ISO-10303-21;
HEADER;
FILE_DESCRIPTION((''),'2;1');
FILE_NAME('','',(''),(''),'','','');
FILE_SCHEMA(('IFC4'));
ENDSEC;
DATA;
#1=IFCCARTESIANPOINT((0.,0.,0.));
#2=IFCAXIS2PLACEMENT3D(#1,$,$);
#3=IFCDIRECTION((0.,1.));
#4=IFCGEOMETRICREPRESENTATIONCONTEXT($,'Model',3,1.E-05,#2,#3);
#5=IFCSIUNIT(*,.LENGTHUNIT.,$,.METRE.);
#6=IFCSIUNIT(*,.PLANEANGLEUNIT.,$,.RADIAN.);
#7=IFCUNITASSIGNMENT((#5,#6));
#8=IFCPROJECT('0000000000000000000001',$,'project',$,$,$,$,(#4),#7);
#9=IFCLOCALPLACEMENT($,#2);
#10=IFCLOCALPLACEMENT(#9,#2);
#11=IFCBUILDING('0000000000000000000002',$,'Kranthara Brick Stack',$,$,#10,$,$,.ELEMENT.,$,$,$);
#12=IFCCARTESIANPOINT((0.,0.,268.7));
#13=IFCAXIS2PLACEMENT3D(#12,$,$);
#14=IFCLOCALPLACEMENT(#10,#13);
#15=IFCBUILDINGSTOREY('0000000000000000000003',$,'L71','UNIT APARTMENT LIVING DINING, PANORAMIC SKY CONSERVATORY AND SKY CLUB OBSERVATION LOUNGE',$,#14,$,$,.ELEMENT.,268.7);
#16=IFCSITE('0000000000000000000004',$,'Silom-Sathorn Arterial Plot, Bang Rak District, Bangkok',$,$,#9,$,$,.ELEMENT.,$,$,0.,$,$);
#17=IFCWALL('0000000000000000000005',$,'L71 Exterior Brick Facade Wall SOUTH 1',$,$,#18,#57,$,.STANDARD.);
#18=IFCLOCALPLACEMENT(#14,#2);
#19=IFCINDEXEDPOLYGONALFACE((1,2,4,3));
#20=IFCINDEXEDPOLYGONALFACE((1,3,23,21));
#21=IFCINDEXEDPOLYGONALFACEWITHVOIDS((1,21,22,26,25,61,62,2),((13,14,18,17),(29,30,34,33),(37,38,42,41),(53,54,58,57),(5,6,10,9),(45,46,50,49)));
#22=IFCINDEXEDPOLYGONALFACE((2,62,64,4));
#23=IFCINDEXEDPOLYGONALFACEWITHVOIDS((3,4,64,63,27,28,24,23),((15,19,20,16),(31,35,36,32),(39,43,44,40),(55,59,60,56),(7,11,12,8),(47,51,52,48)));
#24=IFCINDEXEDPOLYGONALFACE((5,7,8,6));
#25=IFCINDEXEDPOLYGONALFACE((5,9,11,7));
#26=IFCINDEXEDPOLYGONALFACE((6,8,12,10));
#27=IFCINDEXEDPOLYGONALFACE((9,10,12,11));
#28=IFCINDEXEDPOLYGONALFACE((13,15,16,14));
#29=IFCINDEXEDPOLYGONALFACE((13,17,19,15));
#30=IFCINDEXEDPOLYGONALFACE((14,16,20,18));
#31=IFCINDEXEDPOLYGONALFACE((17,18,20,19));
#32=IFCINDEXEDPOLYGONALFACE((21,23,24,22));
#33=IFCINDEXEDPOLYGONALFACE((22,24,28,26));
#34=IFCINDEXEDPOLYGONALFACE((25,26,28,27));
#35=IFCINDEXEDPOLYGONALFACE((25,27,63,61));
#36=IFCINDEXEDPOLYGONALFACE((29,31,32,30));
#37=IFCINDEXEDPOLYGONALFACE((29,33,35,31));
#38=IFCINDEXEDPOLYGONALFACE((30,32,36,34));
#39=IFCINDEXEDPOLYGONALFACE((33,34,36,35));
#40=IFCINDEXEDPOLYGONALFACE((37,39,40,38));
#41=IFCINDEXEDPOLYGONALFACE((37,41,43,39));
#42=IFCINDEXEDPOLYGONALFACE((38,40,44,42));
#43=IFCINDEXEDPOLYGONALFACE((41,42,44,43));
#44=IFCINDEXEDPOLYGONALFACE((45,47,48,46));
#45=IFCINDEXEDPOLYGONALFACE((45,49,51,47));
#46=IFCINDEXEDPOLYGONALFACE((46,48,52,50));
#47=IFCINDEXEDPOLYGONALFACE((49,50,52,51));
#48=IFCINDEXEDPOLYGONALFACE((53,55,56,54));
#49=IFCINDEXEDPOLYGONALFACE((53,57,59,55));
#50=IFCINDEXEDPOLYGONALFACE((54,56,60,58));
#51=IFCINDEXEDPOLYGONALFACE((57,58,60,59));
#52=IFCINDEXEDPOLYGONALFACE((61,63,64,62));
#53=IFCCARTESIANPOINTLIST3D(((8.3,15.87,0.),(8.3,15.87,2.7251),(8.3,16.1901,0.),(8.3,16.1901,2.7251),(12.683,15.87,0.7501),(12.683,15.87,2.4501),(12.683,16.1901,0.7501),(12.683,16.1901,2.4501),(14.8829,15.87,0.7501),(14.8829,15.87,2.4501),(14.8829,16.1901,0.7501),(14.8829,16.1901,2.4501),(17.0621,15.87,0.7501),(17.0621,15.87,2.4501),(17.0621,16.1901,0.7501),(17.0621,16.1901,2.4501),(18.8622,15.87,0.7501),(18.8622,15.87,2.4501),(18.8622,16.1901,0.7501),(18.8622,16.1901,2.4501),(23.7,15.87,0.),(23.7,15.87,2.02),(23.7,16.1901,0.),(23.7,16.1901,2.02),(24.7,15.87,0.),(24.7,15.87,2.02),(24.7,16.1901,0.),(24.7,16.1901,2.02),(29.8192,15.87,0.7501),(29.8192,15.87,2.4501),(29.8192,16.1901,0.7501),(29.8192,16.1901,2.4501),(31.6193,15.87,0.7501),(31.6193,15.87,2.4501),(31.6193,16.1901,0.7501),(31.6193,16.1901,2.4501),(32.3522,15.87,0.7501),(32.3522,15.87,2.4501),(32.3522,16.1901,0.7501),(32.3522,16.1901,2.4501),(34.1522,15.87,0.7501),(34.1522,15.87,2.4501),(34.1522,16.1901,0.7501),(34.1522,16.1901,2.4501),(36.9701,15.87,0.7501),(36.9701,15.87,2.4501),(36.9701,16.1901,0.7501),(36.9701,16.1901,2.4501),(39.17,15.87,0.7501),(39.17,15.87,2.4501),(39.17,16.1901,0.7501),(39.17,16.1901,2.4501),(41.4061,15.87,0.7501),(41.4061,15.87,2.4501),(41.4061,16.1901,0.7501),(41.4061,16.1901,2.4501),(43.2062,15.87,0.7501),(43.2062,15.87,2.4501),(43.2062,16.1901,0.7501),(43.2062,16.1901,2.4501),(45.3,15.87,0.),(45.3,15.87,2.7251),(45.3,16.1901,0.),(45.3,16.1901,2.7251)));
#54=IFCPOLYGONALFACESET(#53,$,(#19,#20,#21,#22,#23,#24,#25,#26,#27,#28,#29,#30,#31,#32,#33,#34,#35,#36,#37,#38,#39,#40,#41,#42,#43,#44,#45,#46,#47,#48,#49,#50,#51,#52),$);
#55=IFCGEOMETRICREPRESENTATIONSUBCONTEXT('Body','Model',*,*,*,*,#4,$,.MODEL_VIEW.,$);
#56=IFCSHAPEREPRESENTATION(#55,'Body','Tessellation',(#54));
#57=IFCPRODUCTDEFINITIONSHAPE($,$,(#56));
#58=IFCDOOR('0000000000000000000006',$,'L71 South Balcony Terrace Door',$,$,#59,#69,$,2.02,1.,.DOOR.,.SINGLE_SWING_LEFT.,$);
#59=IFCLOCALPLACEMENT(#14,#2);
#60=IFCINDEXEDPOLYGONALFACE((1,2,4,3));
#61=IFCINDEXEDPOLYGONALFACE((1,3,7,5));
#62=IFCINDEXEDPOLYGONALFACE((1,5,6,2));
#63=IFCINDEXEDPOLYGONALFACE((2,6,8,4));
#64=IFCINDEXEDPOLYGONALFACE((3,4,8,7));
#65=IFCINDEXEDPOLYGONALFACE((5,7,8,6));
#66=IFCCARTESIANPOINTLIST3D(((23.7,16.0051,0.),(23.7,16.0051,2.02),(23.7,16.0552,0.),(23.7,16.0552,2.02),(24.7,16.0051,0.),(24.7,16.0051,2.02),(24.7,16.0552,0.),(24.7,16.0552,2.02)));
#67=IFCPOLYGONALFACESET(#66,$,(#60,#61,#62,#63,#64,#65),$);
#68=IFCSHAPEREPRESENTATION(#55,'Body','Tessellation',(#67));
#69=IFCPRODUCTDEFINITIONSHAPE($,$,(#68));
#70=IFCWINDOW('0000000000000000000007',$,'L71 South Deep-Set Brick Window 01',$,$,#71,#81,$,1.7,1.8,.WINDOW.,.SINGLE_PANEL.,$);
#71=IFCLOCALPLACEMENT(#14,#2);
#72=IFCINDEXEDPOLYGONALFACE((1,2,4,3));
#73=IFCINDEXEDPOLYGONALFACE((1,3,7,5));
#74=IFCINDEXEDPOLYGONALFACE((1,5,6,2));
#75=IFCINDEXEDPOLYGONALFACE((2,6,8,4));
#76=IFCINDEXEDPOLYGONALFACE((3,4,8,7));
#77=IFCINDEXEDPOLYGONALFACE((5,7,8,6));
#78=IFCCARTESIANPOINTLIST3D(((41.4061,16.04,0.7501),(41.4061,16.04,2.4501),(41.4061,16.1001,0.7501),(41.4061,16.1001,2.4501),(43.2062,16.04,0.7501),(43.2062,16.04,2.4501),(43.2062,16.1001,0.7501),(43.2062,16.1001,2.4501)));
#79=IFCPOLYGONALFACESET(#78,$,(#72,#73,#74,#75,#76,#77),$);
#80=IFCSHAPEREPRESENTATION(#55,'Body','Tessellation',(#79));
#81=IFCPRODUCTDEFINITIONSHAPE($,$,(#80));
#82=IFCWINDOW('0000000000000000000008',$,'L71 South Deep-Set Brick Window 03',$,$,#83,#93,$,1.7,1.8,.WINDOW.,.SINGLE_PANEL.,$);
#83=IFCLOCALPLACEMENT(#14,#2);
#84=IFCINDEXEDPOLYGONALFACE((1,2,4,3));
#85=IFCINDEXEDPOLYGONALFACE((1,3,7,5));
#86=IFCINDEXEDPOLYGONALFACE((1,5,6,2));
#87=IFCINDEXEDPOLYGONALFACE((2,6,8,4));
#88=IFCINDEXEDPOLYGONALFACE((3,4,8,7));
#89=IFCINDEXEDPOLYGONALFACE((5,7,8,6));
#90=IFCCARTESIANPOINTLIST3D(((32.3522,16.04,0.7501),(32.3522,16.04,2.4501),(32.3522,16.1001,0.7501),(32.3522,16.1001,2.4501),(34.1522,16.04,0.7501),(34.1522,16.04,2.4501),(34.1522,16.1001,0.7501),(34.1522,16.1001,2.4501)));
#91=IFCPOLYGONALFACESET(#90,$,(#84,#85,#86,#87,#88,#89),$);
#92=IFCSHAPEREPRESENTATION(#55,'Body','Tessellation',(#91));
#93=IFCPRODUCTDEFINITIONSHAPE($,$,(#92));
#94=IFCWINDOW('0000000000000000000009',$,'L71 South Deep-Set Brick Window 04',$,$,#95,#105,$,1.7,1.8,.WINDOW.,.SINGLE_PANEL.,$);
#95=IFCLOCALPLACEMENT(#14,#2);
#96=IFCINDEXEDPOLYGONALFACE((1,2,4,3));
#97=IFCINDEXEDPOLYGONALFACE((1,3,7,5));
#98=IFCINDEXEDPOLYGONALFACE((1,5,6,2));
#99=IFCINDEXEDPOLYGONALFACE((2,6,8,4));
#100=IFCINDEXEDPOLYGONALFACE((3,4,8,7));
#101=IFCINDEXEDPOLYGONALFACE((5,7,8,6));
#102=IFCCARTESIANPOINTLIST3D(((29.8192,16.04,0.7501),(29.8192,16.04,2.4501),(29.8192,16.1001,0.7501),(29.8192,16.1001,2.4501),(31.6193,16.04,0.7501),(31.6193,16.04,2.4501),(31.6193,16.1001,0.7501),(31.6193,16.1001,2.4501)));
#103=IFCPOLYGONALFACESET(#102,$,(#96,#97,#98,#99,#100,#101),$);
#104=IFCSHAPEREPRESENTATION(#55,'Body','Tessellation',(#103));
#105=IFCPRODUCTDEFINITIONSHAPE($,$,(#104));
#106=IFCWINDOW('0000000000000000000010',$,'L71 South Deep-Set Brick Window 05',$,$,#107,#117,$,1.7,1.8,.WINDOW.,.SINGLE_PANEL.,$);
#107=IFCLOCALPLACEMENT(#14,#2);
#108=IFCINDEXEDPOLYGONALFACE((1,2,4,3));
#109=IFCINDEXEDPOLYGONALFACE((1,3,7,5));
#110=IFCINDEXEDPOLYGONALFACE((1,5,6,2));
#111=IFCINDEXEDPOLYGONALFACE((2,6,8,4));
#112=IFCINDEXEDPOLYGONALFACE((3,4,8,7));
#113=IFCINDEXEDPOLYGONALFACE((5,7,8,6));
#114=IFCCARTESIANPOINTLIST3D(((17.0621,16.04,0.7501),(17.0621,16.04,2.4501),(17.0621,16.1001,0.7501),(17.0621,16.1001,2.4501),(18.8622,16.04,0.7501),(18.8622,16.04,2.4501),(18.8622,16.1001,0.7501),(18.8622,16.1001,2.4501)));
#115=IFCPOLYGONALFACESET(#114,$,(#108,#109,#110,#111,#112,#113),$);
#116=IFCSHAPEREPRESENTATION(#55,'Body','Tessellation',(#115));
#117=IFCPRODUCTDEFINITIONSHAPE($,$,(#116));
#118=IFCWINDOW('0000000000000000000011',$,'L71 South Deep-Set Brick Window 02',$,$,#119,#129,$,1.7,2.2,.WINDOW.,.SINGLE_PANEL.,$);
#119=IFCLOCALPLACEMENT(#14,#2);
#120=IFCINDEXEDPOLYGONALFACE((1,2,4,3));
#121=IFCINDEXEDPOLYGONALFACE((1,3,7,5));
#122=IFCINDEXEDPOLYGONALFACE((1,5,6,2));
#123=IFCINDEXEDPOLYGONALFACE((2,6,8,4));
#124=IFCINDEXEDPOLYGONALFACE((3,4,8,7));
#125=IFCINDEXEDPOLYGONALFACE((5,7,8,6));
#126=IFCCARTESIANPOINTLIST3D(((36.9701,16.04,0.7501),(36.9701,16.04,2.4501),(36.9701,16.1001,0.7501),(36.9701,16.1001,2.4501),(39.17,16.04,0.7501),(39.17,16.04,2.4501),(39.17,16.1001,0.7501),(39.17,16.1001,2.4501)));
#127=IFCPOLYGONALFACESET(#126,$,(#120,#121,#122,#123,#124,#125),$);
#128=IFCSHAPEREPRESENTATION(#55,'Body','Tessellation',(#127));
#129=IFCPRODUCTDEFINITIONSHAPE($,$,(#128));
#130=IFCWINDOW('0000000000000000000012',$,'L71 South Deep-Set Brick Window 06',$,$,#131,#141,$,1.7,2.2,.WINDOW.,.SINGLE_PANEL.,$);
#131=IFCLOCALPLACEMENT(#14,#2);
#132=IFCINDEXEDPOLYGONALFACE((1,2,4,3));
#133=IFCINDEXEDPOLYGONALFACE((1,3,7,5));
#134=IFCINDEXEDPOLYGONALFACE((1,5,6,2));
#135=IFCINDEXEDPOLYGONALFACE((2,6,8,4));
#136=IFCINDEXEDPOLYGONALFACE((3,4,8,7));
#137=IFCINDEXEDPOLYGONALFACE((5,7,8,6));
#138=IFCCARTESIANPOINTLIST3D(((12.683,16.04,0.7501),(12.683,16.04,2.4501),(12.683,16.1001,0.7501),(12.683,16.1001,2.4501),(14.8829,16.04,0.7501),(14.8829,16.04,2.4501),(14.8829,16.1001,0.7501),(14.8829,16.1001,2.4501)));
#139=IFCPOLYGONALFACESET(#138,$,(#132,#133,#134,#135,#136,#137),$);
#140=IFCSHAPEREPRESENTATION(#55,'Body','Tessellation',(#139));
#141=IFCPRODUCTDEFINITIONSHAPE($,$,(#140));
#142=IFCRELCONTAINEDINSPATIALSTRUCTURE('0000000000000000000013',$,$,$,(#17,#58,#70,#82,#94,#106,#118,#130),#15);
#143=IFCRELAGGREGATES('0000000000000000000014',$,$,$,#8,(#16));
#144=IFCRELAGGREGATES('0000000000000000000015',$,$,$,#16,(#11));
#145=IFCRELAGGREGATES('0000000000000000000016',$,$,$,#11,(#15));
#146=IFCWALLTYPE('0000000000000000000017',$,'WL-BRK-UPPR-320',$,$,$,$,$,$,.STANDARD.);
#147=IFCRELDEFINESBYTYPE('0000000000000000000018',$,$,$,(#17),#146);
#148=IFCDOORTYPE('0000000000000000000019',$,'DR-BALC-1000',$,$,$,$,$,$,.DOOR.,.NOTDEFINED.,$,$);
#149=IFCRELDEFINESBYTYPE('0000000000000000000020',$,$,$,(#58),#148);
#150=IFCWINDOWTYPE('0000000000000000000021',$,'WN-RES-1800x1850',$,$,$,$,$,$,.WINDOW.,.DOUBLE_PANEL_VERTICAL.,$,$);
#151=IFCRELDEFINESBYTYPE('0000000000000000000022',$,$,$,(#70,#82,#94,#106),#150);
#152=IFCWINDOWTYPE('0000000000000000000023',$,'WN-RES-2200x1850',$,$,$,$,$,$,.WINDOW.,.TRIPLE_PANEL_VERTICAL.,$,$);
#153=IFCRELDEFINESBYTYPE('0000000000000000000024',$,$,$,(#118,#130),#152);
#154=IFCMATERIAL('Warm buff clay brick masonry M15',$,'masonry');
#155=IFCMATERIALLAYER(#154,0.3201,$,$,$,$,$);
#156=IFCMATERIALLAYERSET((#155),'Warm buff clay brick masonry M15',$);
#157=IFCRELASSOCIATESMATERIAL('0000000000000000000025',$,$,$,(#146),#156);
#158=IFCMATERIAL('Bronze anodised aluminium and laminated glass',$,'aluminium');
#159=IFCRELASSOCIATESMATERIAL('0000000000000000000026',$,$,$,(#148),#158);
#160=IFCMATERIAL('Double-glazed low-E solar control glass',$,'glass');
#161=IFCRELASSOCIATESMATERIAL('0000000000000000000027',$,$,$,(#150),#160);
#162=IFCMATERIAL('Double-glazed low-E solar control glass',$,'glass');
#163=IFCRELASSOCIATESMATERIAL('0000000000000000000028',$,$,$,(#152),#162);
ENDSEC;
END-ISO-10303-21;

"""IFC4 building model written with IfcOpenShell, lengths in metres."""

from ifc_helpers import new_model, si_unit, direction, frame, frame_2d, origin, place, context, subcontext, project, spatial, rectangle, extrude, material, layer, layer_set, type_object, element, fill, save


model = new_model("IFC4")

# Units and contexts
model_context = context("Model", 3, precision=1e-05, world=origin(), true_north=direction((0.0, 1.0)))
body_context = subcontext(model_context, "Body", "Model", "MODEL_VIEW")
ifc_project = project(units=[si_unit("LENGTHUNIT", "METRE"), si_unit("PLANEANGLEUNIT", "RADIAN")], contexts=[model_context])

# Site, building, storey
site_placement = place(None, origin())
site = spatial("IfcSite", under=ifc_project, at=site_placement, Name="Silom-Sathorn Arterial Plot, Bang Rak District, Bangkok", CompositionType="ELEMENT", RefElevation=0.0)
building_placement = place(site_placement, origin())
building = spatial("IfcBuilding", under=site, at=building_placement, Name="Kranthara Brick Stack", CompositionType="ELEMENT")
storey_placement = place(building_placement, frame((0.0, 0.0, 268.7)))
storey = spatial("IfcBuildingStorey", under=building, at=storey_placement, Name="L71", Description="UNIT APARTMENT LIVING DINING, PANORAMIC SKY CONSERVATORY AND SKY CLUB OBSERVATION LOUNGE", CompositionType="ELEMENT", Elevation=268.7)

# Wall, openings, door, windows
ifc_material_1 = material(Name="Warm buff clay brick masonry M15", Category="masonry")
ifc_layer_1 = layer(ifc_material_1, 0.3201)
ifc_layer_set_1 = layer_set([ifc_layer_1], Name="Warm buff clay brick masonry M15")
wall_type_1 = type_object("IfcWallType", Name="WL-BRK-UPPR-320", PredefinedType="STANDARD", material=ifc_layer_set_1)
wall_1_placement = place(storey_placement, frame((45.3, 16.03, 0.0), z_axis=(0.0, 0.0, 1.0), x_axis=(-1.0, 0.0, 0.0)))
wall_1 = element("IfcWall", 1, at=wall_1_placement, inside=storey, type_object=wall_type_1, Name="L71 Exterior Brick Facade Wall SOUTH 1", PredefinedType="STANDARD", context=body_context, shape_type="SweptSolid", body=[
    extrude(rectangle(XDim=37.0, YDim=0.3201, at=frame_2d((18.5, 0.0))), origin(), (0.0, 0.0, 1.0), 2.7251),
])
opening_1_placement = place(wall_1_placement, frame((20.6001, 0.0, 0.0)))
opening_1 = element("IfcOpeningElement", 2, at=opening_1_placement, cuts=wall_1, PredefinedType="OPENING", context=body_context, shape_type="SweptSolid", body=[
    extrude(rectangle(XDim=1.0, YDim=2.02, at=frame_2d((0.5, 1.01))), frame((0.0, 0.1699, 0.0), z_axis=(0.0, -1.0, 0.0), x_axis=(1.0, 0.0, 0.0)), (0.0, 0.0, 1.0), 0.3401),
])
opening_2_placement = place(wall_1_placement, frame((2.094, 0.0, 0.75)))
opening_2 = element("IfcOpeningElement", 3, at=opening_2_placement, cuts=wall_1, PredefinedType="OPENING", context=body_context, shape_type="SweptSolid", body=[
    extrude(rectangle(XDim=1.8, YDim=1.7, at=frame_2d((0.8999, 0.8501))), frame((0.0, 0.1699, 0.0), z_axis=(0.0, -1.0, 0.0), x_axis=(1.0, 0.0, 0.0)), (0.0, 0.0, 1.0), 0.3401),
])
opening_3_placement = place(wall_1_placement, frame((6.1299, 0.0, 0.75)))
opening_3 = element("IfcOpeningElement", 4, at=opening_3_placement, cuts=wall_1, PredefinedType="OPENING", context=body_context, shape_type="SweptSolid", body=[
    extrude(rectangle(XDim=2.2, YDim=1.7, at=frame_2d((1.1001, 0.8501))), frame((0.0, 0.1699, 0.0), z_axis=(0.0, -1.0, 0.0), x_axis=(1.0, 0.0, 0.0)), (0.0, 0.0, 1.0), 0.3401),
])
opening_4_placement = place(wall_1_placement, frame((11.1479, 0.0, 0.75)))
opening_4 = element("IfcOpeningElement", 5, at=opening_4_placement, cuts=wall_1, PredefinedType="OPENING", context=body_context, shape_type="SweptSolid", body=[
    extrude(rectangle(XDim=1.8, YDim=1.7, at=frame_2d((0.8999, 0.8501))), frame((0.0, 0.1699, 0.0), z_axis=(0.0, -1.0, 0.0), x_axis=(1.0, 0.0, 0.0)), (0.0, 0.0, 1.0), 0.3401),
])
opening_5_placement = place(wall_1_placement, frame((13.6809, 0.0, 0.75)))
opening_5 = element("IfcOpeningElement", 6, at=opening_5_placement, cuts=wall_1, PredefinedType="OPENING", context=body_context, shape_type="SweptSolid", body=[
    extrude(rectangle(XDim=1.8, YDim=1.7, at=frame_2d((0.8999, 0.8501))), frame((0.0, 0.1699, 0.0), z_axis=(0.0, -1.0, 0.0), x_axis=(1.0, 0.0, 0.0)), (0.0, 0.0, 1.0), 0.3401),
])
opening_6_placement = place(wall_1_placement, frame((26.438, 0.0, 0.75)))
opening_6 = element("IfcOpeningElement", 7, at=opening_6_placement, cuts=wall_1, PredefinedType="OPENING", context=body_context, shape_type="SweptSolid", body=[
    extrude(rectangle(XDim=1.8, YDim=1.7, at=frame_2d((0.8999, 0.8501))), frame((0.0, 0.1699, 0.0), z_axis=(0.0, -1.0, 0.0), x_axis=(1.0, 0.0, 0.0)), (0.0, 0.0, 1.0), 0.3401),
])
opening_7_placement = place(wall_1_placement, frame((30.417, 0.0, 0.75)))
opening_7 = element("IfcOpeningElement", 8, at=opening_7_placement, cuts=wall_1, PredefinedType="OPENING", context=body_context, shape_type="SweptSolid", body=[
    extrude(rectangle(XDim=2.2, YDim=1.7, at=frame_2d((1.1001, 0.8501))), frame((0.0, 0.1699, 0.0), z_axis=(0.0, -1.0, 0.0), x_axis=(1.0, 0.0, 0.0)), (0.0, 0.0, 1.0), 0.3401),
])
ifc_material_2 = material(Name="Bronze anodised aluminium and laminated glass", Category="aluminium")
door_type = type_object("IfcDoorType", Name="DR-BALC-1000", OperationType="NOTDEFINED", PredefinedType="DOOR", material=ifc_material_2)
door_placement = place(opening_1_placement, origin())
door = element("IfcDoor", 9, at=door_placement, inside=storey, type_object=door_type, Name="L71 South Balcony Terrace Door", OperationType="SINGLE_SWING_LEFT", OverallHeight=2.02, OverallWidth=1.0, PredefinedType="DOOR", context=body_context, shape_type="SweptSolid", body=[
    extrude(rectangle(XDim=1.0, YDim=2.02, at=frame_2d((0.5, 1.01))), frame((0.0, 0.0249, 0.0), z_axis=(0.0, -1.0, 0.0), x_axis=(1.0, 0.0, 0.0)), (0.0, 0.0, 1.0), 0.05),
])
fill(opening_1, door)
ifc_material_3 = material(Name="Double-glazed low-E solar control glass", Category="glass")
window_type_1 = type_object("IfcWindowType", Name="WN-RES-1800x1850", PartitioningType="DOUBLE_PANEL_VERTICAL", PredefinedType="WINDOW", material=ifc_material_3)
window_1_placement = place(opening_2_placement, origin())
window_1 = element("IfcWindow", 10, at=window_1_placement, inside=storey, type_object=window_type_1, Name="L71 South Deep-Set Brick Window 01", OverallHeight=1.7, OverallWidth=1.8, PartitioningType="SINGLE_PANEL", PredefinedType="WINDOW", context=body_context, shape_type="SweptSolid", body=[
    extrude(rectangle(XDim=1.8, YDim=1.7, at=frame_2d((0.8999, 0.8501))), frame((0.0, -0.01, 0.0), z_axis=(0.0, -1.0, 0.0), x_axis=(1.0, 0.0, 0.0)), (0.0, 0.0, 1.0), 0.0601),
])
fill(opening_2, window_1)
window_2_placement = place(opening_4_placement, origin())
window_2 = element("IfcWindow", 11, at=window_2_placement, inside=storey, type_object=window_type_1, Name="L71 South Deep-Set Brick Window 03", OverallHeight=1.7, OverallWidth=1.8, PartitioningType="SINGLE_PANEL", PredefinedType="WINDOW", context=body_context, shape_type="SweptSolid", body=[
    extrude(rectangle(XDim=1.8, YDim=1.7, at=frame_2d((0.8999, 0.8501))), frame((0.0, -0.01, 0.0), z_axis=(0.0, -1.0, 0.0), x_axis=(1.0, 0.0, 0.0)), (0.0, 0.0, 1.0), 0.0601),
])
fill(opening_4, window_2)
window_3_placement = place(opening_5_placement, origin())
window_3 = element("IfcWindow", 12, at=window_3_placement, inside=storey, type_object=window_type_1, Name="L71 South Deep-Set Brick Window 04", OverallHeight=1.7, OverallWidth=1.8, PartitioningType="SINGLE_PANEL", PredefinedType="WINDOW", context=body_context, shape_type="SweptSolid", body=[
    extrude(rectangle(XDim=1.8, YDim=1.7, at=frame_2d((0.8999, 0.8501))), frame((0.0, -0.01, 0.0), z_axis=(0.0, -1.0, 0.0), x_axis=(1.0, 0.0, 0.0)), (0.0, 0.0, 1.0), 0.0601),
])
fill(opening_5, window_3)
window_4_placement = place(opening_6_placement, origin())
window_4 = element("IfcWindow", 13, at=window_4_placement, inside=storey, type_object=window_type_1, Name="L71 South Deep-Set Brick Window 05", OverallHeight=1.7, OverallWidth=1.8, PartitioningType="SINGLE_PANEL", PredefinedType="WINDOW", context=body_context, shape_type="SweptSolid", body=[
    extrude(rectangle(XDim=1.8, YDim=1.7, at=frame_2d((0.8999, 0.8501))), frame((0.0, -0.01, 0.0), z_axis=(0.0, -1.0, 0.0), x_axis=(1.0, 0.0, 0.0)), (0.0, 0.0, 1.0), 0.0601),
])
fill(opening_6, window_4)
ifc_material_4 = material(Name="Double-glazed low-E solar control glass", Category="glass")
window_type_2 = type_object("IfcWindowType", Name="WN-RES-2200x1850", PartitioningType="TRIPLE_PANEL_VERTICAL", PredefinedType="WINDOW", material=ifc_material_4)
window_5_placement = place(opening_3_placement, origin())
window_5 = element("IfcWindow", 14, at=window_5_placement, inside=storey, type_object=window_type_2, Name="L71 South Deep-Set Brick Window 02", OverallHeight=1.7, OverallWidth=2.2, PartitioningType="SINGLE_PANEL", PredefinedType="WINDOW", context=body_context, shape_type="SweptSolid", body=[
    extrude(rectangle(XDim=2.2, YDim=1.7, at=frame_2d((1.1001, 0.8501))), frame((0.0, -0.01, 0.0), z_axis=(0.0, -1.0, 0.0), x_axis=(1.0, 0.0, 0.0)), (0.0, 0.0, 1.0), 0.0601),
])
fill(opening_3, window_5)
window_6_placement = place(opening_7_placement, origin())
window_6 = element("IfcWindow", 15, at=window_6_placement, inside=storey, type_object=window_type_2, Name="L71 South Deep-Set Brick Window 06", OverallHeight=1.7, OverallWidth=2.2, PartitioningType="SINGLE_PANEL", PredefinedType="WINDOW", context=body_context, shape_type="SweptSolid", body=[
    extrude(rectangle(XDim=2.2, YDim=1.7, at=frame_2d((1.1001, 0.8501))), frame((0.0, -0.01, 0.0), z_axis=(0.0, -1.0, 0.0), x_axis=(1.0, 0.0, 0.0)), (0.0, 0.0, 1.0), 0.0601),
])
fill(opening_7, window_6)

save(model, "model.ifc")
